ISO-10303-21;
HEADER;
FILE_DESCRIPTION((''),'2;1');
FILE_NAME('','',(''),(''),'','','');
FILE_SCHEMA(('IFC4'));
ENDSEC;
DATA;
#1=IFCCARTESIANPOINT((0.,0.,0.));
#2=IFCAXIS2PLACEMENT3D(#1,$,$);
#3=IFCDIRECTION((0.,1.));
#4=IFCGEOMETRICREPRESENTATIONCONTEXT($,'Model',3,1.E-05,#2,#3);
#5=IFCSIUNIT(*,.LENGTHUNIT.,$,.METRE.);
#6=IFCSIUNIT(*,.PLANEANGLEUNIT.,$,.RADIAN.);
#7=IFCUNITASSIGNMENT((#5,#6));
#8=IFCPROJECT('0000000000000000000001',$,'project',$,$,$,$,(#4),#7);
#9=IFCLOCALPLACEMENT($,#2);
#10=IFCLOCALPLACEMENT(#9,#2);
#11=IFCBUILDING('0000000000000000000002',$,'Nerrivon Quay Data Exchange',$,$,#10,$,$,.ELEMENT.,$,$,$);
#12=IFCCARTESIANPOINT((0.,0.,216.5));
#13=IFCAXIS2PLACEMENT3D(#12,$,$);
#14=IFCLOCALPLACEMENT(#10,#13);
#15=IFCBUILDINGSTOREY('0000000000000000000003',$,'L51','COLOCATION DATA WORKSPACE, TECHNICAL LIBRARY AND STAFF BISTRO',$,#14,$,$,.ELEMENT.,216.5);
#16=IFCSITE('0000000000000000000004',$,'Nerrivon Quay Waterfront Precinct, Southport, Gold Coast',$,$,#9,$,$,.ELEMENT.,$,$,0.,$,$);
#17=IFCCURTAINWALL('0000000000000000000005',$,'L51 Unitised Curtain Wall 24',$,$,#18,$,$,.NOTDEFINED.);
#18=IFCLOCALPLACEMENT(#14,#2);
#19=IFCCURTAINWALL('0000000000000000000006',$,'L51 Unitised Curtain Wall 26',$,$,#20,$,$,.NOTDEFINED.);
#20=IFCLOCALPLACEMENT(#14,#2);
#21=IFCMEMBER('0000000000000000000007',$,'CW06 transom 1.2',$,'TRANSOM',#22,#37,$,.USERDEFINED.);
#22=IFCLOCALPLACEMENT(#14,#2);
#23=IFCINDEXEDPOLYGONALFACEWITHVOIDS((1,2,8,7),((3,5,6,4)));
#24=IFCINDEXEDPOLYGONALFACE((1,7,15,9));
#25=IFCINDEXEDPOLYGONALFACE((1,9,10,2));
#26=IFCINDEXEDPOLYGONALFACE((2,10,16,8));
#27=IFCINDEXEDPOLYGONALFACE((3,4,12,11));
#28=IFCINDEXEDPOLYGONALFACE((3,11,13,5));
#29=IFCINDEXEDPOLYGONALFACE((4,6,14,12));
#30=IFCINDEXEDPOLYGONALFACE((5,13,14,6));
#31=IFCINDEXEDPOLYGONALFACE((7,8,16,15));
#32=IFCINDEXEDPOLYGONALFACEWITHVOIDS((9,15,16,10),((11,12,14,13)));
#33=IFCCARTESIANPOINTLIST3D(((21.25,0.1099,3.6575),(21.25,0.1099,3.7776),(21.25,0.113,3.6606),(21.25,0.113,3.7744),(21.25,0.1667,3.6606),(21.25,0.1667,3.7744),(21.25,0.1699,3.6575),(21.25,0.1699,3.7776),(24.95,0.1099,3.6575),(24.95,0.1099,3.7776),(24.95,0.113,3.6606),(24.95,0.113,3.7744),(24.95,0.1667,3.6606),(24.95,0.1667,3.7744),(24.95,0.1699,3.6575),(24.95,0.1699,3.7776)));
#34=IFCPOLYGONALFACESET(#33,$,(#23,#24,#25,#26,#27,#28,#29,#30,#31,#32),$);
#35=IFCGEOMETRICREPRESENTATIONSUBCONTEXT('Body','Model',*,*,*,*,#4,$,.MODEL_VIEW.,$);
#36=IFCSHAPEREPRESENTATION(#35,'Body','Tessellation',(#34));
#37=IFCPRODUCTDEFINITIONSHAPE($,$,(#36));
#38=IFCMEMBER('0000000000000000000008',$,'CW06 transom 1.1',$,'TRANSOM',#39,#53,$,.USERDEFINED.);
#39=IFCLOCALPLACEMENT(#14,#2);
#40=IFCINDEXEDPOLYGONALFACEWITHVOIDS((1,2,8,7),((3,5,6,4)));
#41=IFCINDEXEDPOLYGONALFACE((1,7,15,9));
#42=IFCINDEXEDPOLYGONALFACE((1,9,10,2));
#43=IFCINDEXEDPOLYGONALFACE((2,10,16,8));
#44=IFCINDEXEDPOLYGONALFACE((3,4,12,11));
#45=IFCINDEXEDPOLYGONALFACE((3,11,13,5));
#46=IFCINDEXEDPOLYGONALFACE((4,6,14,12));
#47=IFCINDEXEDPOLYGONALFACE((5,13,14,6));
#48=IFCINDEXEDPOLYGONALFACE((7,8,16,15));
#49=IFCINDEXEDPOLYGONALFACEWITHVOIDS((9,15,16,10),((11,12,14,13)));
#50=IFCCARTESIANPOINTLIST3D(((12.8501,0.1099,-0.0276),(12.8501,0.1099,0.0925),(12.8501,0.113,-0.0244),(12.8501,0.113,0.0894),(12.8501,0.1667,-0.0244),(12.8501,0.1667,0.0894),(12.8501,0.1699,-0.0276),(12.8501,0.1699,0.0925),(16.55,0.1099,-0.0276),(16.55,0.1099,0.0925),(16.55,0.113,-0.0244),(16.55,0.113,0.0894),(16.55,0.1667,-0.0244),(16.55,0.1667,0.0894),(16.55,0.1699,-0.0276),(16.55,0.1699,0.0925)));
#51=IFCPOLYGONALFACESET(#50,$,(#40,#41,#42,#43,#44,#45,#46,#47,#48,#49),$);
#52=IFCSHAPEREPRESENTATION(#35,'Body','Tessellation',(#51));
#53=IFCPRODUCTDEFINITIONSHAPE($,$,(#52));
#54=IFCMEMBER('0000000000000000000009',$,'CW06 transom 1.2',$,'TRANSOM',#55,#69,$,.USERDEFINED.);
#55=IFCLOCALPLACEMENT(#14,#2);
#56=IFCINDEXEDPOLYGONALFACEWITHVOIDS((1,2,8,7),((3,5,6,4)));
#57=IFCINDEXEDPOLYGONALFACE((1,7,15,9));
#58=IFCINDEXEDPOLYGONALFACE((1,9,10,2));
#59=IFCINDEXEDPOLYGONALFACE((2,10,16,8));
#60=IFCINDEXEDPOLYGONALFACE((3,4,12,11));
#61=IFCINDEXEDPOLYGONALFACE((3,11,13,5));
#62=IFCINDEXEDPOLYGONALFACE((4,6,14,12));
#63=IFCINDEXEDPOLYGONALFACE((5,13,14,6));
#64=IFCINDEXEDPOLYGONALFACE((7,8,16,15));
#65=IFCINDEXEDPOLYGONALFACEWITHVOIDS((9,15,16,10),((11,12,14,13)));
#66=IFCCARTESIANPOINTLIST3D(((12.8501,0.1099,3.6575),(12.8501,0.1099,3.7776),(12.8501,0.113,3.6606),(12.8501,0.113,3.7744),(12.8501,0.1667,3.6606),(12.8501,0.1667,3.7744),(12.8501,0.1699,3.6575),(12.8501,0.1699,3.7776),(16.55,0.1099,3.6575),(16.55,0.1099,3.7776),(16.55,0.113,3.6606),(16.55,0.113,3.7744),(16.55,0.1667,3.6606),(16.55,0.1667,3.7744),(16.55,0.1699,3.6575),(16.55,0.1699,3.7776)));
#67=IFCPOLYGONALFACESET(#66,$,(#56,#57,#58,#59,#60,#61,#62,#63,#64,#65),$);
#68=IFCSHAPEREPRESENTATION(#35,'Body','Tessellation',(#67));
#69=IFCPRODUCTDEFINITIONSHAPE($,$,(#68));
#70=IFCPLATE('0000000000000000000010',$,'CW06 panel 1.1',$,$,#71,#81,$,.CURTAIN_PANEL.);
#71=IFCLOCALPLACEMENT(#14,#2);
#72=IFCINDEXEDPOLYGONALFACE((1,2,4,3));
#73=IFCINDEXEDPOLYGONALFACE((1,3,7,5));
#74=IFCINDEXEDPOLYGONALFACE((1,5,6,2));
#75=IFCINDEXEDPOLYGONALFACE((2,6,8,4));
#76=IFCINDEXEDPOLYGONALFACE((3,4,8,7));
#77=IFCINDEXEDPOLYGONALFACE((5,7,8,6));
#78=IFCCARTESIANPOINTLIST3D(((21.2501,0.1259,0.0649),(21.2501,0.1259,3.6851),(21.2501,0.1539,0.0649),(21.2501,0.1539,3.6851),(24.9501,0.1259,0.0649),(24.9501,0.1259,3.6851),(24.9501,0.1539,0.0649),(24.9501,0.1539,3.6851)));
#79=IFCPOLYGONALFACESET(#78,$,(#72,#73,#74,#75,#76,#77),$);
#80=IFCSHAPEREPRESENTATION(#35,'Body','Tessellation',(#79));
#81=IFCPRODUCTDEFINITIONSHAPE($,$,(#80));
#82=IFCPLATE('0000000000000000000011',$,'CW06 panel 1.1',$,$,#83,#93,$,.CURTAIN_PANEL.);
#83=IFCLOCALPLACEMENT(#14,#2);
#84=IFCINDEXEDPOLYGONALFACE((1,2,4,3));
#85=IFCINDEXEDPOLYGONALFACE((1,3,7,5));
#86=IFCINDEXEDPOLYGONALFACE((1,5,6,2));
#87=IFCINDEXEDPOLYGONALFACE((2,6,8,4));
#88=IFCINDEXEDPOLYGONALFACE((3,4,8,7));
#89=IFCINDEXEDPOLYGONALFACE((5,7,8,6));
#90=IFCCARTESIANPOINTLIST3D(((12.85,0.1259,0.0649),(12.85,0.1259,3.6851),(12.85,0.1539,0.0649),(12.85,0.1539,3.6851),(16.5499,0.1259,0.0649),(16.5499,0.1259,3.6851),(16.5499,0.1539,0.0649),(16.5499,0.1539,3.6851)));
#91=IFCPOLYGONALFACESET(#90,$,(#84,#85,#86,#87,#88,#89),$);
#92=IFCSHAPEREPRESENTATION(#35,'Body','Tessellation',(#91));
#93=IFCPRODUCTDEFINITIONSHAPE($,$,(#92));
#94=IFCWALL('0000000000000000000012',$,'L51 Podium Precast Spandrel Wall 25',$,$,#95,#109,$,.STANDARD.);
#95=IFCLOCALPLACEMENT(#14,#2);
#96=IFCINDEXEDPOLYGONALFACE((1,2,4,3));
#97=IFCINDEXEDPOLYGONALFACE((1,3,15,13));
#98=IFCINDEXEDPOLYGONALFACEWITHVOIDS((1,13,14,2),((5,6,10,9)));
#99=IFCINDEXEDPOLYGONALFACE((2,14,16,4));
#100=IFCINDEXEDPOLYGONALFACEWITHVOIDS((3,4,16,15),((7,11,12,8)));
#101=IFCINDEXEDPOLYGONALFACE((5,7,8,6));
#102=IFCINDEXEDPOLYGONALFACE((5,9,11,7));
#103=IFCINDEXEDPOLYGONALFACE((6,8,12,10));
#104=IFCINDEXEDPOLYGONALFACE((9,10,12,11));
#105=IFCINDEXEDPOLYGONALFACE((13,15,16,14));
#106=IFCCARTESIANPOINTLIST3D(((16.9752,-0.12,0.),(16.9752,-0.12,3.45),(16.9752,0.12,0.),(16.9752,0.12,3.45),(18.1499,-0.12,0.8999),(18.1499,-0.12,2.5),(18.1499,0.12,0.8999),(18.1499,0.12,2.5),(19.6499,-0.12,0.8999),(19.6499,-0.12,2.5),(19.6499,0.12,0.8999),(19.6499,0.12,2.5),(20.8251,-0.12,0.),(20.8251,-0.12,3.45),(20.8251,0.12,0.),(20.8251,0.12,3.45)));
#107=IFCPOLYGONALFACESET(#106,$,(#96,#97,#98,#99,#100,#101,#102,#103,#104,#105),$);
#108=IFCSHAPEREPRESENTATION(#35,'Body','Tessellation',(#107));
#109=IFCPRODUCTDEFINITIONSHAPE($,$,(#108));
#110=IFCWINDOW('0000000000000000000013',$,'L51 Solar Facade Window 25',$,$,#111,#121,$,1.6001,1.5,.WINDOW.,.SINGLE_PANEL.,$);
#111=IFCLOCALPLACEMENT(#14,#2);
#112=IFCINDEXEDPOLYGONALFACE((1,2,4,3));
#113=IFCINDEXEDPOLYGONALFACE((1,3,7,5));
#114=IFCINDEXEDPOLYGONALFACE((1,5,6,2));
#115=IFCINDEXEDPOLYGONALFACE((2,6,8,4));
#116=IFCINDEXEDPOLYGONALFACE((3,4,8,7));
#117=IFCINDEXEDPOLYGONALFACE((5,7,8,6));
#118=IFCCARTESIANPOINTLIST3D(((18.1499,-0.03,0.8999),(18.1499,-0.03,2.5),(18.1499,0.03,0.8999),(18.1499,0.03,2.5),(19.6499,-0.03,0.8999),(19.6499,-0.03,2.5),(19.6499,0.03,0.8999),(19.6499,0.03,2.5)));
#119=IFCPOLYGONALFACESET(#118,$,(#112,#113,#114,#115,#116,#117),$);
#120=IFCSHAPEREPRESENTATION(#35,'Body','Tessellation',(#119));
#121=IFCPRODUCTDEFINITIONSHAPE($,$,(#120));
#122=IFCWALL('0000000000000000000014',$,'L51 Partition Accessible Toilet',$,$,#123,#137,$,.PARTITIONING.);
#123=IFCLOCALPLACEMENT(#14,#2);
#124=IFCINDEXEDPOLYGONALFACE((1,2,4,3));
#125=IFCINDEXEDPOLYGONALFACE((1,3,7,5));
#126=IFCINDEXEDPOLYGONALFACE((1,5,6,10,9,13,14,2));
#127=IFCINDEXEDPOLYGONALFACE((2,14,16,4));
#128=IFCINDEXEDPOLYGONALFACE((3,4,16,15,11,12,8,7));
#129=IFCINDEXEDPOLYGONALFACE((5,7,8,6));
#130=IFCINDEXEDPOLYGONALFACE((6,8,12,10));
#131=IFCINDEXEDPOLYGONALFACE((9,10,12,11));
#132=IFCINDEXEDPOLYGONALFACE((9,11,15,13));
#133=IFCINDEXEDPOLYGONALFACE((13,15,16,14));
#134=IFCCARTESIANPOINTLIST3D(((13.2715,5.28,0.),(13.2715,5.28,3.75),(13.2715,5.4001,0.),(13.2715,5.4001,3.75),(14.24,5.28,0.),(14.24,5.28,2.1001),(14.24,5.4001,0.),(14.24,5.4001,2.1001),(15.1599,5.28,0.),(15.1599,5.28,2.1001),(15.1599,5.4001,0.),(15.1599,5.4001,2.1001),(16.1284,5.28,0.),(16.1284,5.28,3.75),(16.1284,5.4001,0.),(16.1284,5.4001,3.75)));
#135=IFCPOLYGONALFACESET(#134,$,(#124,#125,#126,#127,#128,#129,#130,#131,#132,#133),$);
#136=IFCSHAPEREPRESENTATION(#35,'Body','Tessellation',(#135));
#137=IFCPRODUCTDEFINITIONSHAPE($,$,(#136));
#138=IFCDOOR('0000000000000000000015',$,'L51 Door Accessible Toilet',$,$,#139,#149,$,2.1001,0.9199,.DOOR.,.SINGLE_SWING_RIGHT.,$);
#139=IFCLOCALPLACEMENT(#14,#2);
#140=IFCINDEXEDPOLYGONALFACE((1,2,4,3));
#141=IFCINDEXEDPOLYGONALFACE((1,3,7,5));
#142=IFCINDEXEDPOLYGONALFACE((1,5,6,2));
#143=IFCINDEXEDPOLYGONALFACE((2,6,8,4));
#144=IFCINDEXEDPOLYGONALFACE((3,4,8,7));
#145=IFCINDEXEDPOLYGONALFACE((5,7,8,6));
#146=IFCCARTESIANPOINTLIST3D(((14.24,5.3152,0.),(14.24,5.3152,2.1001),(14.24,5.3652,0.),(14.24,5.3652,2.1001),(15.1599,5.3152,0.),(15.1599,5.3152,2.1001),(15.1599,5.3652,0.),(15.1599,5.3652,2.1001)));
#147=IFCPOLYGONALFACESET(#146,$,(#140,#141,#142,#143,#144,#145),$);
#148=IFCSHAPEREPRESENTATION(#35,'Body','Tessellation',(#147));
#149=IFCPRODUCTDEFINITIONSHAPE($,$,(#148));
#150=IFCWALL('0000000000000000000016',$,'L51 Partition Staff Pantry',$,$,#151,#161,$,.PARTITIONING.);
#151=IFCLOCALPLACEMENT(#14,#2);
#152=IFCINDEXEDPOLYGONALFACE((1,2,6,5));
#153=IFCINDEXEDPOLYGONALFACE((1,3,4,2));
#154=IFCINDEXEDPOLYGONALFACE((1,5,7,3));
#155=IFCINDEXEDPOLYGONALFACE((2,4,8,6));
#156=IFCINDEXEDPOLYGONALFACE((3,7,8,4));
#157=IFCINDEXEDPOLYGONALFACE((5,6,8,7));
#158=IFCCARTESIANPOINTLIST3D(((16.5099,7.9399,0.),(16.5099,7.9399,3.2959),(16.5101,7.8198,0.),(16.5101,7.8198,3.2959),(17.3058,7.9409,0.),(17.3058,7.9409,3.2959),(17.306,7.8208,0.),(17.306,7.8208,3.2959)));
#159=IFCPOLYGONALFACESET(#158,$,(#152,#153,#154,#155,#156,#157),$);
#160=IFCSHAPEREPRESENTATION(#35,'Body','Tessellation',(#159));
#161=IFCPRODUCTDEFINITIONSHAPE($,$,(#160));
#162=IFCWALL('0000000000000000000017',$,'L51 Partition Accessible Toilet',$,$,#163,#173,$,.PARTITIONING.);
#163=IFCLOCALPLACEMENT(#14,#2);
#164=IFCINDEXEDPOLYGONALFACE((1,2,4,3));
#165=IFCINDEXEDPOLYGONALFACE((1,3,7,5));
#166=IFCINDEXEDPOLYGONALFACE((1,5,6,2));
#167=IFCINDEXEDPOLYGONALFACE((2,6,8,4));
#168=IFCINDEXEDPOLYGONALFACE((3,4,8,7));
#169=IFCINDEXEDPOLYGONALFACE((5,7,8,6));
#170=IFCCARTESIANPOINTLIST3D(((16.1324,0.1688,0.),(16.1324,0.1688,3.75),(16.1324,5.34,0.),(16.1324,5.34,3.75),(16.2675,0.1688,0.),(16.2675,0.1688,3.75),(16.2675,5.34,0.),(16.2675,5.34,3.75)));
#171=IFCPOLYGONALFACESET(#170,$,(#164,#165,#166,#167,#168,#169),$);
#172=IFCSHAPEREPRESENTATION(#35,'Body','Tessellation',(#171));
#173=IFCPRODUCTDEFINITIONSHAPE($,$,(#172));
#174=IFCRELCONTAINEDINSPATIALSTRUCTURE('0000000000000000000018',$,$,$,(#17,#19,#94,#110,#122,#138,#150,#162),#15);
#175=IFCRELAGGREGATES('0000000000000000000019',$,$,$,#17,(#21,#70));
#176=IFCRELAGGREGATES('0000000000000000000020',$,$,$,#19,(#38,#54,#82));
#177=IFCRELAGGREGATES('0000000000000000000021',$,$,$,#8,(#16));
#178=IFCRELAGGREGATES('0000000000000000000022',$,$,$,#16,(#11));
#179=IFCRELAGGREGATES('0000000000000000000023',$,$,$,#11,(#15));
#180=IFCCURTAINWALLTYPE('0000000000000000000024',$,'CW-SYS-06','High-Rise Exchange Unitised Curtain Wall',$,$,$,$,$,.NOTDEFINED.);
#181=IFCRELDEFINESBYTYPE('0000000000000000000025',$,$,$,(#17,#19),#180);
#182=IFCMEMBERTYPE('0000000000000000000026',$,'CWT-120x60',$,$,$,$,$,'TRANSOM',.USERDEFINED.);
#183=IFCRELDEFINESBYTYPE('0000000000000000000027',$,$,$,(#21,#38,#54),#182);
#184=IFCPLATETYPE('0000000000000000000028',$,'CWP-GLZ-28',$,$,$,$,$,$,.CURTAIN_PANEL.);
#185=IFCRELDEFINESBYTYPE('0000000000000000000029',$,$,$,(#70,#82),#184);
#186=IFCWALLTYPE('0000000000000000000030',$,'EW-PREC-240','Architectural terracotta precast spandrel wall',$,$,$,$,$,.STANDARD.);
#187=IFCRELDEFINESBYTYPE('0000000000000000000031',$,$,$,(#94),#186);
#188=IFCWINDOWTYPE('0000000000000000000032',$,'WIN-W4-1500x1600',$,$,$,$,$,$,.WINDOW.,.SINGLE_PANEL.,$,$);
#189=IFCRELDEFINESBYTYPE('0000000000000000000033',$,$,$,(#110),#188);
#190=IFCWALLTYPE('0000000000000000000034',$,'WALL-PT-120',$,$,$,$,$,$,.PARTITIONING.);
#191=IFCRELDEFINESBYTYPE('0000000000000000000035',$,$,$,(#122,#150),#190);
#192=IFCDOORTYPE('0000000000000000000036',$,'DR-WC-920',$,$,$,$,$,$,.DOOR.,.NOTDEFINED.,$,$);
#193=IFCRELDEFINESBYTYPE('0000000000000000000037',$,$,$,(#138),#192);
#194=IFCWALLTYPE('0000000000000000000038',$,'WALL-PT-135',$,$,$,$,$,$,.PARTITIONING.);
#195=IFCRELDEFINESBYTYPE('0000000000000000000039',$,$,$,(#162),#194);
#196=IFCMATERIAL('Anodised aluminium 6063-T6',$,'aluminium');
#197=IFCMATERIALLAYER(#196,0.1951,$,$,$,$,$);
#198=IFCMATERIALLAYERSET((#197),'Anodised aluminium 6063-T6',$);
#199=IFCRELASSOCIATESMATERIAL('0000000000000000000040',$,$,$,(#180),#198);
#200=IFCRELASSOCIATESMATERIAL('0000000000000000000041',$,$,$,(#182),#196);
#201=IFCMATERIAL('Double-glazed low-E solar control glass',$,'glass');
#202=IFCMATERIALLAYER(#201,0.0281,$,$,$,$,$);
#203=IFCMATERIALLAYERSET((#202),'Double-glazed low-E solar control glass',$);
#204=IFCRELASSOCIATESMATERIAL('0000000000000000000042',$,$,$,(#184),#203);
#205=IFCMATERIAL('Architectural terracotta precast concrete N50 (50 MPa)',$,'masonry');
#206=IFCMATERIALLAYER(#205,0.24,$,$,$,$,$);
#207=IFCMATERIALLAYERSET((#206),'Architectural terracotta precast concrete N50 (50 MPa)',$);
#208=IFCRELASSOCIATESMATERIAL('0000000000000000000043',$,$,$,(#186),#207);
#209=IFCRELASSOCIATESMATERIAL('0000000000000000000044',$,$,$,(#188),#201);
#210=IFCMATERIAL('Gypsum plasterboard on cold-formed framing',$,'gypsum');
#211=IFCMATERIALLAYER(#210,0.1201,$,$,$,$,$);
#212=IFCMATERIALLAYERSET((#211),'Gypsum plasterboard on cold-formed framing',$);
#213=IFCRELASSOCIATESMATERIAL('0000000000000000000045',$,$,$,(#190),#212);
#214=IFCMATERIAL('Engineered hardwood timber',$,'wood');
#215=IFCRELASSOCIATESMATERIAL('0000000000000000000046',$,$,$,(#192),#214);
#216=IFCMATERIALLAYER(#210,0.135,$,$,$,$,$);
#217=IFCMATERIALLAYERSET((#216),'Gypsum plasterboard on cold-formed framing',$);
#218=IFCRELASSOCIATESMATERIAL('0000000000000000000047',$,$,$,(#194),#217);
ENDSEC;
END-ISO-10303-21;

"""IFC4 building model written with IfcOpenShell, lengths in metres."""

from ifc_helpers import new_model, si_unit, direction, frame, frame_2d, origin, origin_2d, place, context, subcontext, project, spatial, rectangle, hollow_rectangle, extrude, material, layer, layer_set, material_profile, profile_set, type_object, element, fill, aggregate, save


model = new_model("IFC4")

# Units and contexts
model_context = context("Model", 3, precision=1e-05, world=origin(), true_north=direction((0.0, 1.0)))
body_context = subcontext(model_context, "Body", "Model", "MODEL_VIEW")
ifc_project = project(units=[si_unit("LENGTHUNIT", "METRE"), si_unit("PLANEANGLEUNIT", "RADIAN")], contexts=[model_context])

# Site, building, storey
site_placement = place(None, origin())
site = spatial("IfcSite", under=ifc_project, at=site_placement, Name="Nerrivon Quay Waterfront Precinct, Southport, Gold Coast", CompositionType="ELEMENT", RefElevation=0.0)
building_placement = place(site_placement, origin())
building = spatial("IfcBuilding", under=site, at=building_placement, Name="Nerrivon Quay Data Exchange", CompositionType="ELEMENT")
storey_placement = place(building_placement, frame((0.0, 0.0, 216.5)))
storey = spatial("IfcBuildingStorey", under=building, at=storey_placement, Name="L51", Description="COLOCATION DATA WORKSPACE, TECHNICAL LIBRARY AND STAFF BISTRO", CompositionType="ELEMENT", Elevation=216.5)

# Curtain wall
ifc_material_1 = material(Name="Anodised aluminium 6063-T6", Category="aluminium")
ifc_layer_1 = layer(ifc_material_1, 0.1951)
ifc_layer_set_1 = layer_set([ifc_layer_1], Name="Anodised aluminium 6063-T6")
curtain_wall_type = type_object("IfcCurtainWallType", Name="CW-SYS-06", Description="High-Rise Exchange Unitised Curtain Wall", PredefinedType="NOTDEFINED", material=ifc_layer_set_1)
curtain_wall_1_placement = place(storey_placement, origin())
curtain_wall_1 = element("IfcCurtainWall", 1, at=curtain_wall_1_placement, inside=storey, type_object=curtain_wall_type, Name="L51 Unitised Curtain Wall 24", PredefinedType="NOTDEFINED")

# Curtain wall
curtain_wall_2_placement = place(storey_placement, origin())
curtain_wall_2 = element("IfcCurtainWall", 2, at=curtain_wall_2_placement, inside=storey, type_object=curtain_wall_type, Name="L51 Unitised Curtain Wall 26", PredefinedType="NOTDEFINED")

# Members
ifc_material_profile_1 = material_profile(ifc_material_1, hollow_rectangle(XDim=0.0601, YDim=0.1201, WallThickness=0.0032, at=origin_2d()), Name="ALU-TRAN-120x60")
ifc_profile_set_1 = profile_set([ifc_material_profile_1], Name="Anodised aluminium 6063-T6")
member_type_1 = type_object("IfcMemberType", Name="CWT-120x60", ElementType="TRANSOM", PredefinedType="USERDEFINED", material=ifc_profile_set_1)
member_1_placement = place(storey_placement, frame((24.95, 0.1399, 3.7175), z_axis=(-1.0, 0.0, 0.0), x_axis=(0.0, -1.0, 0.0)))
member_1 = element("IfcMember", 3, at=member_1_placement, type_object=member_type_1, Name="CW06 transom 1.2", ObjectType="TRANSOM", PredefinedType="USERDEFINED", context=body_context, shape_type="SweptSolid", body=[
    extrude(hollow_rectangle(XDim=0.0601, YDim=0.1201, WallThickness=0.0032, at=origin_2d()), origin(), (0.0, 0.0, 1.0), 3.7),
])
member_2_placement = place(storey_placement, frame((16.55, 0.1399, 0.0325), z_axis=(-1.0, 0.0, 0.0), x_axis=(0.0, -1.0, 0.0)))
member_2 = element("IfcMember", 4, at=member_2_placement, type_object=member_type_1, Name="CW06 transom 1.1", ObjectType="TRANSOM", PredefinedType="USERDEFINED", context=body_context, shape_type="SweptSolid", body=[
    extrude(hollow_rectangle(XDim=0.0601, YDim=0.1201, WallThickness=0.0032, at=origin_2d()), origin(), (0.0, 0.0, 1.0), 3.7),
])
member_3_placement = place(storey_placement, frame((16.55, 0.1399, 3.7175), z_axis=(-1.0, 0.0, 0.0), x_axis=(0.0, -1.0, 0.0)))
member_3 = element("IfcMember", 5, at=member_3_placement, type_object=member_type_1, Name="CW06 transom 1.2", ObjectType="TRANSOM", PredefinedType="USERDEFINED", context=body_context, shape_type="SweptSolid", body=[
    extrude(hollow_rectangle(XDim=0.0601, YDim=0.1201, WallThickness=0.0032, at=origin_2d()), origin(), (0.0, 0.0, 1.0), 3.7),
])

# Plates
ifc_material_2 = material(Name="Double-glazed low-E solar control glass", Category="glass")
ifc_layer_2 = layer(ifc_material_2, 0.0281)
ifc_layer_set_2 = layer_set([ifc_layer_2], Name="Double-glazed low-E solar control glass")
plate_type = type_object("IfcPlateType", Name="CWP-GLZ-28", PredefinedType="CURTAIN_PANEL", material=ifc_layer_set_2)
plate_1_placement = place(storey_placement, frame((23.1001, 0.1399, 0.0649), z_axis=(0.0, 0.0, 1.0), x_axis=(-1.0, 0.0, 0.0)))
plate_1 = element("IfcPlate", 6, at=plate_1_placement, type_object=plate_type, Name="CW06 panel 1.1", PredefinedType="CURTAIN_PANEL", context=body_context, shape_type="SweptSolid", body=[
    extrude(rectangle(XDim=3.7, YDim=0.0281, at=origin_2d()), origin(), (0.0, 0.0, 1.0), 3.6201),
])
aggregate(curtain_wall_1, [member_1, plate_1])
plate_2_placement = place(storey_placement, frame((14.7, 0.1399, 0.0649), z_axis=(0.0, 0.0, 1.0), x_axis=(-1.0, 0.0, 0.0)))
plate_2 = element("IfcPlate", 7, at=plate_2_placement, type_object=plate_type, Name="CW06 panel 1.1", PredefinedType="CURTAIN_PANEL", context=body_context, shape_type="SweptSolid", body=[
    extrude(rectangle(XDim=3.7, YDim=0.0281, at=origin_2d()), origin(), (0.0, 0.0, 1.0), 3.6201),
])
aggregate(curtain_wall_2, [member_2, member_3, plate_2])

# Wall, opening, window
ifc_material_3 = material(Name="Architectural terracotta precast concrete N50 (50 MPa)", Category="masonry")
ifc_layer_3 = layer(ifc_material_3, 0.24)
ifc_layer_set_3 = layer_set([ifc_layer_3], Name="Architectural terracotta precast concrete N50 (50 MPa)")
wall_type_1 = type_object("IfcWallType", Name="EW-PREC-240", Description="Architectural terracotta precast spandrel wall", PredefinedType="STANDARD", material=ifc_layer_set_3)
wall_1_placement = place(storey_placement, frame((20.825, 0.0, 0.0), z_axis=(0.0, 0.0, 1.0), x_axis=(-1.0, 0.0, 0.0)))
wall_1 = element("IfcWall", 8, at=wall_1_placement, inside=storey, type_object=wall_type_1, Name="L51 Podium Precast Spandrel Wall 25", PredefinedType="STANDARD", context=body_context, shape_type="SweptSolid", body=[
    extrude(rectangle(XDim=3.8499, YDim=0.24, at=frame_2d((1.9248, 0.0))), origin(), (0.0, 0.0, 1.0), 3.45),
])
opening_1_placement = place(wall_1_placement, frame((1.175, 0.0, 0.8999)))
opening_1 = element("IfcOpeningElement", 9, at=opening_1_placement, cuts=wall_1, PredefinedType="OPENING", context=body_context, shape_type="SweptSolid", body=[
    extrude(rectangle(XDim=1.5, YDim=1.6001, at=frame_2d((0.75, 0.8))), frame((0.0, 0.1299, 0.0), z_axis=(0.0, -1.0, 0.0), x_axis=(1.0, 0.0, 0.0)), (0.0, 0.0, 1.0), 0.26),
])
window_type = type_object("IfcWindowType", Name="WIN-W4-1500x1600", PartitioningType="SINGLE_PANEL", PredefinedType="WINDOW", material=ifc_material_2)
window_placement = place(opening_1_placement, origin())
window = element("IfcWindow", 10, at=window_placement, inside=storey, type_object=window_type, Name="L51 Solar Facade Window 25", OverallHeight=1.6001, OverallWidth=1.5, PartitioningType="SINGLE_PANEL", PredefinedType="WINDOW", context=body_context, shape_type="SweptSolid", body=[
    extrude(rectangle(XDim=1.5, YDim=1.6001, at=frame_2d((0.75, 0.8))), frame((0.0, 0.03, 0.0), z_axis=(0.0, -1.0, 0.0), x_axis=(1.0, 0.0, 0.0)), (0.0, 0.0, 1.0), 0.0601),
])
fill(opening_1, window)

# Wall, opening, door
ifc_material_4 = material(Name="Gypsum plasterboard on cold-formed framing", Category="gypsum")
ifc_layer_4 = layer(ifc_material_4, 0.1201)
ifc_layer_set_4 = layer_set([ifc_layer_4], Name="Gypsum plasterboard on cold-formed framing")
wall_type_2 = type_object("IfcWallType", Name="WALL-PT-120", PredefinedType="PARTITIONING", material=ifc_layer_set_4)
wall_2_placement = place(storey_placement, frame((16.1284, 5.3401, 0.0), z_axis=(0.0, 0.0, 1.0), x_axis=(-1.0, 0.0, 0.0)))
wall_2 = element("IfcWall", 11, at=wall_2_placement, inside=storey, type_object=wall_type_2, Name="L51 Partition Accessible Toilet", PredefinedType="PARTITIONING", context=body_context, shape_type="SweptSolid", body=[
    extrude(rectangle(XDim=2.8569, YDim=0.1201, at=frame_2d((1.4285, 0.0))), origin(), (0.0, 0.0, 1.0), 3.75),
])
opening_2_placement = place(wall_2_placement, frame((0.9685, 0.0, 0.0)))
opening_2 = element("IfcOpeningElement", 12, at=opening_2_placement, cuts=wall_2, PredefinedType="OPENING", context=body_context, shape_type="SweptSolid", body=[
    extrude(rectangle(XDim=0.9199, YDim=2.1001, at=frame_2d((0.46, 1.05))), frame((0.0, 0.0701, 0.0), z_axis=(0.0, -1.0, 0.0), x_axis=(1.0, 0.0, 0.0)), (0.0, 0.0, 1.0), 0.1401),
])
ifc_material_5 = material(Name="Engineered hardwood timber", Category="wood")
door_type_1 = type_object("IfcDoorType", Name="DR-WC-920", OperationType="NOTDEFINED", PredefinedType="DOOR", material=ifc_material_5)
door_1_placement = place(opening_2_placement, origin())
door_1 = element("IfcDoor", 13, at=door_1_placement, inside=storey, type_object=door_type_1, Name="L51 Door Accessible Toilet", OperationType="SINGLE_SWING_RIGHT", OverallHeight=2.1001, OverallWidth=0.9199, PredefinedType="DOOR", context=body_context, shape_type="SweptSolid", body=[
    extrude(rectangle(XDim=0.9199, YDim=2.1001, at=frame_2d((0.46, 1.05))), frame((0.0, 0.0249, 0.0), z_axis=(0.0, -1.0, 0.0), x_axis=(1.0, 0.0, 0.0)), (0.0, 0.0, 1.0), 0.05),
])
fill(opening_2, door_1)

# Wall
wall_3_placement = place(storey_placement, frame((17.3059, 7.8809, 0.0), z_axis=(0.0, 0.0, 1.0), x_axis=(-0.999999, -0.001227, 0.0)))
element("IfcWall", 14, at=wall_3_placement, inside=storey, type_object=wall_type_2, Name="L51 Partition Staff Pantry", PredefinedType="PARTITIONING", context=body_context, shape_type="SweptSolid", body=[
    extrude(rectangle(XDim=0.7959, YDim=0.1201, at=frame_2d((0.3979, 0.0))), origin(), (0.0, 0.0, 1.0), 3.2959),
])

# Wall
ifc_layer_5 = layer(ifc_material_4, 0.135)
ifc_layer_set_5 = layer_set([ifc_layer_5], Name="Gypsum plasterboard on cold-formed framing")
wall_type_3 = type_object("IfcWallType", Name="WALL-PT-135", PredefinedType="PARTITIONING", material=ifc_layer_set_5)
wall_4_placement = place(storey_placement, frame((16.2, 0.1689, 0.0), z_axis=(0.0, 0.0, 1.0), x_axis=(0.0, 1.0, 0.0)))
element("IfcWall", 15, at=wall_4_placement, inside=storey, type_object=wall_type_3, Name="L51 Partition Accessible Toilet", PredefinedType="PARTITIONING", context=body_context, shape_type="SweptSolid", body=[
    extrude(rectangle(XDim=5.1711, YDim=0.135, at=frame_2d((2.5854, 0.0))), origin(), (0.0, 0.0, 1.0), 3.75),
])

save(model, "model.ifc")
